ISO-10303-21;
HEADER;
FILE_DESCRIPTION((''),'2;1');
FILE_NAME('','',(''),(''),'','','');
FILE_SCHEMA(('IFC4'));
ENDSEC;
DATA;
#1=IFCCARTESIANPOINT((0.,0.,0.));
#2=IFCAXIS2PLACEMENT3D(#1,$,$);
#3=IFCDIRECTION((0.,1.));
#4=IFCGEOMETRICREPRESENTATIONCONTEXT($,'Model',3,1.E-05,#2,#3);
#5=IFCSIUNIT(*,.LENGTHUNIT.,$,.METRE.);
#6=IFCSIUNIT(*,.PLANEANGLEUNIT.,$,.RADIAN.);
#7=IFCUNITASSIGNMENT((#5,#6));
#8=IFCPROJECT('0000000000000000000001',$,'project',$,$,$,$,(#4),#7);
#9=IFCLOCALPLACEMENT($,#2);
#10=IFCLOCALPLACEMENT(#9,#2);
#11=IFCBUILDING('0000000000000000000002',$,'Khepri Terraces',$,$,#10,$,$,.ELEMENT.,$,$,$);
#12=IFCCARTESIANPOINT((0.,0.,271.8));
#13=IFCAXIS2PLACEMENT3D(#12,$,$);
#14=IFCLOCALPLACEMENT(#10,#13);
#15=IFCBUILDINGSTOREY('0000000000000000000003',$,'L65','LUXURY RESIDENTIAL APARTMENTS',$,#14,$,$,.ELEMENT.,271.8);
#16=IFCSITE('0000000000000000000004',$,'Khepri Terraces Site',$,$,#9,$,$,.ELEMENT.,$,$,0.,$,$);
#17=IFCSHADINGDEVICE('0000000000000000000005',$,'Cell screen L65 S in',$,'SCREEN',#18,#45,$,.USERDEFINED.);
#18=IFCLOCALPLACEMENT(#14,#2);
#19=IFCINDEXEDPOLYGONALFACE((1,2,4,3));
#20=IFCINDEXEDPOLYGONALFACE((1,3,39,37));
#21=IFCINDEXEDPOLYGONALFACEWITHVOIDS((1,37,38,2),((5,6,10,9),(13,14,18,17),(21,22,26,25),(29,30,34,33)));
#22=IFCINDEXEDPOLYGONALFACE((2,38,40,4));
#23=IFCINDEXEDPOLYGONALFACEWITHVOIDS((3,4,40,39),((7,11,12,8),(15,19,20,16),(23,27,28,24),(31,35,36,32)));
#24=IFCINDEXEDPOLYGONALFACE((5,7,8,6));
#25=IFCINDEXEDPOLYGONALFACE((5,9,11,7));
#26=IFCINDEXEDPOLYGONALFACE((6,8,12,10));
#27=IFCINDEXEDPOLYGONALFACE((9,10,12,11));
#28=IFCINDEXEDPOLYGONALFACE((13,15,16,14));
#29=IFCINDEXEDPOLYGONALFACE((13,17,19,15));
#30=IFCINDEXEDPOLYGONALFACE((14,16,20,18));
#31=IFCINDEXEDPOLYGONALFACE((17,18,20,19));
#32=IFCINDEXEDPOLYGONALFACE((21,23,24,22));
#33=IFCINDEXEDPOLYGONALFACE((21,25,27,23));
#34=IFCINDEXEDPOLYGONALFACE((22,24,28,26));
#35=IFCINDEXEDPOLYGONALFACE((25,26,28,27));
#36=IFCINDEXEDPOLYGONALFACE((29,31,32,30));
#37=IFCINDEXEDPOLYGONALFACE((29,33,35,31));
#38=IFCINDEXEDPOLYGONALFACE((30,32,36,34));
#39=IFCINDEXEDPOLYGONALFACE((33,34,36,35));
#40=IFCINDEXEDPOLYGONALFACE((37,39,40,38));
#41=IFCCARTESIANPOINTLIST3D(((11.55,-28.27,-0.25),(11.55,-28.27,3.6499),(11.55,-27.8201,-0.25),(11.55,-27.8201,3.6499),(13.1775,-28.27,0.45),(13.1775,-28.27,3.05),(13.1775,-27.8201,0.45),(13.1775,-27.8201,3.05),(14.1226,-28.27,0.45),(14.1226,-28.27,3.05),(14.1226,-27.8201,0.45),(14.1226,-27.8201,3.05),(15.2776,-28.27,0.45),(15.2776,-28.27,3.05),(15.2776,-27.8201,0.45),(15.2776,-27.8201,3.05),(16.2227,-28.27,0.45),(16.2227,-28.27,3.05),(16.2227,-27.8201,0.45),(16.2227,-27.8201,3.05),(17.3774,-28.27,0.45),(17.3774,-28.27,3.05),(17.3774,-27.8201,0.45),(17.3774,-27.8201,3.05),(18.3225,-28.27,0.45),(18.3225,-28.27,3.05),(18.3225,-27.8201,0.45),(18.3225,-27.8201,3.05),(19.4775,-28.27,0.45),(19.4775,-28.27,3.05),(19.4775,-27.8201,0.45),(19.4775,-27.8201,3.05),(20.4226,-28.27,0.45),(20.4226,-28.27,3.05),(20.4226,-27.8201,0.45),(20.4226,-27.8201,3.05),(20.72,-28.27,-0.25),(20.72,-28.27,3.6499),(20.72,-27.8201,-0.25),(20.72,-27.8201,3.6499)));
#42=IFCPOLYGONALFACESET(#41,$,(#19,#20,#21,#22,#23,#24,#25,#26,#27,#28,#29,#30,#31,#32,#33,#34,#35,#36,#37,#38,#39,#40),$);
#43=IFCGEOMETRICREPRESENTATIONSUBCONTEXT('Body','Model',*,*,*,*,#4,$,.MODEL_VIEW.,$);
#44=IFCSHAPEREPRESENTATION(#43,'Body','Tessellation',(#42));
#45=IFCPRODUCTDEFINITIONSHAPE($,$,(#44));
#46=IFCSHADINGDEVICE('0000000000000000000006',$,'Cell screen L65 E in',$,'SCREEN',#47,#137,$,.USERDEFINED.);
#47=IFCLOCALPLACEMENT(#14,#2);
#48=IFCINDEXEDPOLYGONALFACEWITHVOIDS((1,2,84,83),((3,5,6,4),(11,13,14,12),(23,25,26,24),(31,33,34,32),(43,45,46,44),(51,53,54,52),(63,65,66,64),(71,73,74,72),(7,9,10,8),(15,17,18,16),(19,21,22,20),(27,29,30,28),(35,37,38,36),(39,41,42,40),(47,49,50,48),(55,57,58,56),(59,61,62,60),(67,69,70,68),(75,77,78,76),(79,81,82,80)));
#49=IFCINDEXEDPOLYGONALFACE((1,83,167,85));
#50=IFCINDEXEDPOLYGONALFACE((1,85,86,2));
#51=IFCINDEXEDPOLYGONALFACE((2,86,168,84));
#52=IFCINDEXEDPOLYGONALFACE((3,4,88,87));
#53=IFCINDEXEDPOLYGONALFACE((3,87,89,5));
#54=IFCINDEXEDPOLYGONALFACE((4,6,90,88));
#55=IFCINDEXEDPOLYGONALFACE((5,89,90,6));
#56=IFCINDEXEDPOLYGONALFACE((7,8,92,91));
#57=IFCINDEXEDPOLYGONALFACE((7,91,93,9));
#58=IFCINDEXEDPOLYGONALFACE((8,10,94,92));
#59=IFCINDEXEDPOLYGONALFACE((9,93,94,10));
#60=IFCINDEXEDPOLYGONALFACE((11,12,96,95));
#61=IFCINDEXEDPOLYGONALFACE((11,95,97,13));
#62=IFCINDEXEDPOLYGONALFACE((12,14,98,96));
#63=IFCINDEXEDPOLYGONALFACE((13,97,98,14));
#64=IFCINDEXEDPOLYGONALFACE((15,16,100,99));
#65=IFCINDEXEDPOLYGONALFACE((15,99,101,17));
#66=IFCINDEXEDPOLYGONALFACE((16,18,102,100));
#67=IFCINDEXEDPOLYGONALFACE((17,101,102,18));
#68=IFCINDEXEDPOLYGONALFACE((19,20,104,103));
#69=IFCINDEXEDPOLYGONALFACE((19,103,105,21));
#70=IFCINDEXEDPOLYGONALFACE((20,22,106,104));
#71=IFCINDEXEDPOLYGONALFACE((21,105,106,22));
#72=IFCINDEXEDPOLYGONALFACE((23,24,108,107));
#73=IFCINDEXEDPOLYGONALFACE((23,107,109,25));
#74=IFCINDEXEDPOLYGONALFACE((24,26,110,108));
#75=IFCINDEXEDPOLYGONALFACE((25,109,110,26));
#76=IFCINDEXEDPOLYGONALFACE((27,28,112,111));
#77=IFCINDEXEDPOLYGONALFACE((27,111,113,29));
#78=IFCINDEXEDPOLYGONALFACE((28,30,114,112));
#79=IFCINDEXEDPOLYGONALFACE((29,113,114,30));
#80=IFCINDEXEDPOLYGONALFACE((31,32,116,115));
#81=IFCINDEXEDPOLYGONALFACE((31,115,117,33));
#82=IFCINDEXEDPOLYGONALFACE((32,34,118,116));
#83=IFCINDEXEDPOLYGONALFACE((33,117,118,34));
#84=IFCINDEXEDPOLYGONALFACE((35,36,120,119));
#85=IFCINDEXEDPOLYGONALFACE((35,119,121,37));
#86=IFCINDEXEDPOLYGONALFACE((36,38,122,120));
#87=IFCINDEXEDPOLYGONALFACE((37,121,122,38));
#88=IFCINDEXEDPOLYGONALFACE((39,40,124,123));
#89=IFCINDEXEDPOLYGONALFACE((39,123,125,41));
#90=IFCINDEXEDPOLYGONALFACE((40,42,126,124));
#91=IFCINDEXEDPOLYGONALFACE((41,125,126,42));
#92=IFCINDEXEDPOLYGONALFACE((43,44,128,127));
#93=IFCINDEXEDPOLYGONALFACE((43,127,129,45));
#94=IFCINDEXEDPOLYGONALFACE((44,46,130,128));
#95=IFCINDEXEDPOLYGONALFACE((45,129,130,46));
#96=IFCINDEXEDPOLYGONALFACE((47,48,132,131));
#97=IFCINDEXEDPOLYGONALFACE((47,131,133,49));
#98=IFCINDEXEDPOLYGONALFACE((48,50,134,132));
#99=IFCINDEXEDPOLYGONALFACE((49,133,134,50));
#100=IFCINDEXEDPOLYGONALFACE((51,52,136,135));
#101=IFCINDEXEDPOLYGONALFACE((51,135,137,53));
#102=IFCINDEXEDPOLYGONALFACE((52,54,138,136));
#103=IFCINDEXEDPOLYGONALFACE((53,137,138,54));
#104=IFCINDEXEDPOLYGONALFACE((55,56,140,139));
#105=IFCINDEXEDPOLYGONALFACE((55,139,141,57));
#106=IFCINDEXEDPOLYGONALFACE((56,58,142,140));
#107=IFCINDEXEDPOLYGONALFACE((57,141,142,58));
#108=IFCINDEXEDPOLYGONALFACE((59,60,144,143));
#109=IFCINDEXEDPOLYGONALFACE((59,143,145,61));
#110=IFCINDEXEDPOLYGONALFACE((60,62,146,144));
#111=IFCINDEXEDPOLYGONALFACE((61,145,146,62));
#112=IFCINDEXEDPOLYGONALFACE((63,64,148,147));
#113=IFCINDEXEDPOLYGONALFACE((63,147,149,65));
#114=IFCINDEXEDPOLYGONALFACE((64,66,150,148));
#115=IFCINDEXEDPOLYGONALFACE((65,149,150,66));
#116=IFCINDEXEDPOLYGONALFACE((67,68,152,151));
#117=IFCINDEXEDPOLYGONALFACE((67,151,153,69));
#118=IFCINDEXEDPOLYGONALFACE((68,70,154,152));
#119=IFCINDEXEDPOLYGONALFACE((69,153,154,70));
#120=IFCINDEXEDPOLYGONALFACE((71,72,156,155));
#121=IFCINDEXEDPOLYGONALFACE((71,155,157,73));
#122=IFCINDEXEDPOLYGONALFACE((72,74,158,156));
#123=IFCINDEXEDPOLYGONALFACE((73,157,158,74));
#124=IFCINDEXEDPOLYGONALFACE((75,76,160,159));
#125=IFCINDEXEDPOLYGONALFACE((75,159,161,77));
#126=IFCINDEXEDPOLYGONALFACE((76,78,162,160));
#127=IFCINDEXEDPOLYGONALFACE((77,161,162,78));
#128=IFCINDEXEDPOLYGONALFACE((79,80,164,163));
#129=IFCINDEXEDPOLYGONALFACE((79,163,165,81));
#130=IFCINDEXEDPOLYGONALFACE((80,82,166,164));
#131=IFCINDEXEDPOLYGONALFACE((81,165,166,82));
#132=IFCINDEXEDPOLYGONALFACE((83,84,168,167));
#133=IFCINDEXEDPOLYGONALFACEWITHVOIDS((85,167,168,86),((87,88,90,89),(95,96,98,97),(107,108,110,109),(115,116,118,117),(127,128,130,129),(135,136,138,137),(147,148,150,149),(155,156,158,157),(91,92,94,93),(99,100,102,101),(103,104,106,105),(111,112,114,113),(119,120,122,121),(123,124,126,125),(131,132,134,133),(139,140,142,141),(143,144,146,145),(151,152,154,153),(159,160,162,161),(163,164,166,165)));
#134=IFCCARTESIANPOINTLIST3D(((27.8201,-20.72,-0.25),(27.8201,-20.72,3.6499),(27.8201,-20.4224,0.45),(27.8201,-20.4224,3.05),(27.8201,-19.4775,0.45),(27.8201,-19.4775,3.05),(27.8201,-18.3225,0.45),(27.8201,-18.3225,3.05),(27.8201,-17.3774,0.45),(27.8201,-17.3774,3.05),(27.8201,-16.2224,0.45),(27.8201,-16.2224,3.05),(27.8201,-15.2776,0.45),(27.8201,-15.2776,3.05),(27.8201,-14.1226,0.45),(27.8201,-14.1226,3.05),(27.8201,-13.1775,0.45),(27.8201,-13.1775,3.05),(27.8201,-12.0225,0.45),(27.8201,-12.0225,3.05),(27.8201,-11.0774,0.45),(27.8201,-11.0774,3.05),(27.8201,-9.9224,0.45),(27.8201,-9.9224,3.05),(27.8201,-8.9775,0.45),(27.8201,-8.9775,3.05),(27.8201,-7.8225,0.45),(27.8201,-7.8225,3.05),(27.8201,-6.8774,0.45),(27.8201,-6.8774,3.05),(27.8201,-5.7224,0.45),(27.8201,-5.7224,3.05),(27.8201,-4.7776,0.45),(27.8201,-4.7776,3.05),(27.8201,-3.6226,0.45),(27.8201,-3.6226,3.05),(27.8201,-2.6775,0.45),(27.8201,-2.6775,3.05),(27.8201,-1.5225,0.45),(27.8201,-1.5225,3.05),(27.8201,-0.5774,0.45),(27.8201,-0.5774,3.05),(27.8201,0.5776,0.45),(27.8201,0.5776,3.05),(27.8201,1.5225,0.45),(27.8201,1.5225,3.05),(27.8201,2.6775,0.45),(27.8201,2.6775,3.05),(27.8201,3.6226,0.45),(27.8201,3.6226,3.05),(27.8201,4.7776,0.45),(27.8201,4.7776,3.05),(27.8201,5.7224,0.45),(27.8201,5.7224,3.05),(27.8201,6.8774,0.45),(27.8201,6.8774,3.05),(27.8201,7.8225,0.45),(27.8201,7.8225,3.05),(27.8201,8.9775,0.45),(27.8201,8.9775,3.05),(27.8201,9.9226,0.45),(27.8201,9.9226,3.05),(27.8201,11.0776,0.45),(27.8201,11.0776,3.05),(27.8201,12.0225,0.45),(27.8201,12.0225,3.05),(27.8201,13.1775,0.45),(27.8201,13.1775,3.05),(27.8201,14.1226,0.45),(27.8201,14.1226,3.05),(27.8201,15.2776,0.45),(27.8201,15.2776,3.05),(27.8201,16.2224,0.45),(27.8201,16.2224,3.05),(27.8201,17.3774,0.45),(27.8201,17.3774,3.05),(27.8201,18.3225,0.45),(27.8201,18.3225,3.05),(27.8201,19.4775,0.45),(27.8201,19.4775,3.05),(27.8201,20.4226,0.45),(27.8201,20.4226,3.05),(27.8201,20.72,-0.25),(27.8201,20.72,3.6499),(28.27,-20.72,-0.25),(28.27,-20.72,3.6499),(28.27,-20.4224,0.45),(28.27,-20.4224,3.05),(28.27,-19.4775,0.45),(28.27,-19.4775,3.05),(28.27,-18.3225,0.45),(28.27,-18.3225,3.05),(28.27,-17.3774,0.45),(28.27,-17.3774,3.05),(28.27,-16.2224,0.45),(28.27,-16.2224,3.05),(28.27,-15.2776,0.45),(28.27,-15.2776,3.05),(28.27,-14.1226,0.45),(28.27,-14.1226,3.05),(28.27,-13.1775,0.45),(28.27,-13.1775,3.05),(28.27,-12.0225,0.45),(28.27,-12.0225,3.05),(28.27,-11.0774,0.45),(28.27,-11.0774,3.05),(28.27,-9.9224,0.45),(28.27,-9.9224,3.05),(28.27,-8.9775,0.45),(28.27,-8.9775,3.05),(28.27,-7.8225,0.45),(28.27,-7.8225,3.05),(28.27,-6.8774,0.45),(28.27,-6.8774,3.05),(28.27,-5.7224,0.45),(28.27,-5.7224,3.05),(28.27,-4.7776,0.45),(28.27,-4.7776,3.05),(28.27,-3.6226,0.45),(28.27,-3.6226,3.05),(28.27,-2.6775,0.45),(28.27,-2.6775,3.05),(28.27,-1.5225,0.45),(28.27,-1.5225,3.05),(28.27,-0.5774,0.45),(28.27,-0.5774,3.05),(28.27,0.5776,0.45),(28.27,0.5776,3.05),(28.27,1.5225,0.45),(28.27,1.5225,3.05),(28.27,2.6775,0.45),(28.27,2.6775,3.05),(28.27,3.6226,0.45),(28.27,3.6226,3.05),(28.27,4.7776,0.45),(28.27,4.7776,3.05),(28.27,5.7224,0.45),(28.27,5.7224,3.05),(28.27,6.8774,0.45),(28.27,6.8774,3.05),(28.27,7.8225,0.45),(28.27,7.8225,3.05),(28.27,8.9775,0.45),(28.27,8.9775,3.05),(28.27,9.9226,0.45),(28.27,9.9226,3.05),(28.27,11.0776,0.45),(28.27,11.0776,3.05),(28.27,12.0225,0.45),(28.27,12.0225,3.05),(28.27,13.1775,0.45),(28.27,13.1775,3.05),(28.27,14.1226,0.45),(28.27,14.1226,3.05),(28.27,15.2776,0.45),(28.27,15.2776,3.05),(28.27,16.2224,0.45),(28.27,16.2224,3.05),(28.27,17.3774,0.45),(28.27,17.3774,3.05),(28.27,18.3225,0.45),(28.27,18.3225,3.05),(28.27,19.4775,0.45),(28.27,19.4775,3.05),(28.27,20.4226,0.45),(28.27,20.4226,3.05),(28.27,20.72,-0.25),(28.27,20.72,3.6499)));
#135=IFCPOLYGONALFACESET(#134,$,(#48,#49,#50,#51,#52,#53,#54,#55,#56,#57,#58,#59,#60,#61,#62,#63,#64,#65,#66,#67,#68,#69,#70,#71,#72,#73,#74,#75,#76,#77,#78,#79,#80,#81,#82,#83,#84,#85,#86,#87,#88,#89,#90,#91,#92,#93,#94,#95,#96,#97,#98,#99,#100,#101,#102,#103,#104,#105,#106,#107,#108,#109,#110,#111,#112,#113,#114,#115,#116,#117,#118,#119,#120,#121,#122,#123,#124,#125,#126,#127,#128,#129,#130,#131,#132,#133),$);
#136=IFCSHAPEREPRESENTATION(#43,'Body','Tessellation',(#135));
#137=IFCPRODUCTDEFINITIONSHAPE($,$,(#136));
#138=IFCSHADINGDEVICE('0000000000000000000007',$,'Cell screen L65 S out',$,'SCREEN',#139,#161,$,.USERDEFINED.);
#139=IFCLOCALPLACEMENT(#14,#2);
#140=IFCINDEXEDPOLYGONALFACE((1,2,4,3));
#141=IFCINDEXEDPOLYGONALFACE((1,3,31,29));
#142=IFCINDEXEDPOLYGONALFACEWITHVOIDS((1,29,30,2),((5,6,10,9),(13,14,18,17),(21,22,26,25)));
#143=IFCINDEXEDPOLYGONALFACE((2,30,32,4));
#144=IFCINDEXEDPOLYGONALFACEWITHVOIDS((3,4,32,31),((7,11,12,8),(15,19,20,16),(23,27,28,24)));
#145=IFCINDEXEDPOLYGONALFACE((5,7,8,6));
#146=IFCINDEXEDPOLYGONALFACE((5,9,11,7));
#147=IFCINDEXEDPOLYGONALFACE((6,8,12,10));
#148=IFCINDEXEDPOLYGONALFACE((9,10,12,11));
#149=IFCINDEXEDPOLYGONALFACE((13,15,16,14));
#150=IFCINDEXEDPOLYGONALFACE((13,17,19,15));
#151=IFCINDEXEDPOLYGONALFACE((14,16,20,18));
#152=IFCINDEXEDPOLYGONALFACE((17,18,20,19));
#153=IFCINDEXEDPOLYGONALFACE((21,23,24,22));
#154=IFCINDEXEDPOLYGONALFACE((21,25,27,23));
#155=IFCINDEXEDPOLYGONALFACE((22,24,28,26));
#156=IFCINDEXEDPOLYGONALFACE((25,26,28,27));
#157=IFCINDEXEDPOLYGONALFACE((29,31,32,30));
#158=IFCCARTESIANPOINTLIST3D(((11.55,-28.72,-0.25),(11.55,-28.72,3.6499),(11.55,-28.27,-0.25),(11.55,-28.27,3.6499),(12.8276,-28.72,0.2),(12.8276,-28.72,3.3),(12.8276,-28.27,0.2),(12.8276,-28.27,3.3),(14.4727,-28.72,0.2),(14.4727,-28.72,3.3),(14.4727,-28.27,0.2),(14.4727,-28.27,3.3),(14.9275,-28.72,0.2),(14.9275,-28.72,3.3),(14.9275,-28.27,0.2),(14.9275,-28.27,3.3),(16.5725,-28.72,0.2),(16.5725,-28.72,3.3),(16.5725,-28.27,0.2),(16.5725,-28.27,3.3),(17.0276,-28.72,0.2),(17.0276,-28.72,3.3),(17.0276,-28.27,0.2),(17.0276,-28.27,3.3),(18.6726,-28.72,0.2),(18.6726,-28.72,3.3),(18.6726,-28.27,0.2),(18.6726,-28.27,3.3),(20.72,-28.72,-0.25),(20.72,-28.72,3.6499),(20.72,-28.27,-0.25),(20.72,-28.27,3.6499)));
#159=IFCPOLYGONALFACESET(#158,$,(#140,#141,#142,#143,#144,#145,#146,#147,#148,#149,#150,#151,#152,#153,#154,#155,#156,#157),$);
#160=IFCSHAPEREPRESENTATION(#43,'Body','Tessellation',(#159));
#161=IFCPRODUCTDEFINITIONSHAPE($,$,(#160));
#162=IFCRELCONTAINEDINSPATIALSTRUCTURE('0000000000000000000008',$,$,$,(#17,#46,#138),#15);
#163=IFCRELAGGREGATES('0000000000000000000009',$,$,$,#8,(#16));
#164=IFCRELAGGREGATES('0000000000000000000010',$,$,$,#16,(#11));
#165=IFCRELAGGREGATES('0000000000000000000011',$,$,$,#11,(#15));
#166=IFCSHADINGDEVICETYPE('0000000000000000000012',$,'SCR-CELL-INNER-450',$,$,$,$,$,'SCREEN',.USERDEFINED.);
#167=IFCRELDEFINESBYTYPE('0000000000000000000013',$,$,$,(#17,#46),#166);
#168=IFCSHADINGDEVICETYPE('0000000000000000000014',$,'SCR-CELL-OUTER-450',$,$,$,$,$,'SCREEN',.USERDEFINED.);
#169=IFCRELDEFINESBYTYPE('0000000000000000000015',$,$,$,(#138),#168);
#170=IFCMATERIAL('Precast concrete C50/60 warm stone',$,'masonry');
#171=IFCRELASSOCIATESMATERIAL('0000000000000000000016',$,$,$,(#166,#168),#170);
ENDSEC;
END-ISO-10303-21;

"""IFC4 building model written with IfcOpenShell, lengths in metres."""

from ifc_helpers import new_model, si_unit, direction, frame, origin, place, context, subcontext, project, spatial, polyline, outline, extrude, material, type_object, element, save


model = new_model("IFC4")

# Units and contexts
model_context = context("Model", 3, precision=1e-05, world=origin(), true_north=direction((0.0, 1.0)))
body_context = subcontext(model_context, "Body", "Model", "MODEL_VIEW")
ifc_project = project(units=[si_unit("LENGTHUNIT", "METRE"), si_unit("PLANEANGLEUNIT", "RADIAN")], contexts=[model_context])

# Site, building, storey
site_placement = place(None, origin())
site = spatial("IfcSite", under=ifc_project, at=site_placement, Name="Khepri Terraces Site", CompositionType="ELEMENT", RefElevation=0.0)
building_placement = place(site_placement, origin())
building = spatial("IfcBuilding", under=site, at=building_placement, Name="Khepri Terraces", CompositionType="ELEMENT")
storey_placement = place(building_placement, frame((0.0, 0.0, 271.8)))
storey = spatial("IfcBuildingStorey", under=building, at=storey_placement, Name="L65", Description="LUXURY RESIDENTIAL APARTMENTS", CompositionType="ELEMENT", Elevation=271.8)

# Shared definitions
ifc_material_1 = material(Name="Precast concrete C50/60 warm stone", Category="masonry")

# Shading devices
shading_device_type_1 = type_object("IfcShadingDeviceType", Name="SCR-CELL-INNER-450", ElementType="SCREEN", PredefinedType="USERDEFINED", material=ifc_material_1)
shading_device_1_placement = place(storey_placement, frame((11.55, -27.8201, -0.25), z_axis=(0.0, -1.0, 0.0), x_axis=(1.0, 0.0, 0.0)))
element("IfcShadingDevice", 1, at=shading_device_1_placement, inside=storey, type_object=shading_device_type_1, Name="Cell screen L65 S in", ObjectType="SCREEN", PredefinedType="USERDEFINED", context=body_context, shape_type="SweptSolid", body=[
    extrude(outline(polyline([(0.0, 0.0), (9.1699, 0.0), (9.1699, 3.8999), (0.0, 3.8999), (0.0, 0.0)]), holes=[polyline([(1.6274, 0.7), (2.5725, 0.7), (2.5725, 3.3), (1.6274, 3.3), (1.6274, 0.7)]), polyline([(3.7275, 0.7), (4.6726, 0.7), (4.6726, 3.3), (3.7275, 3.3), (3.7275, 0.7)]), polyline([(5.8274, 0.7), (6.7725, 0.7), (6.7725, 3.3), (5.8274, 3.3), (5.8274, 0.7)]), polyline([(7.9275, 0.7), (8.8726, 0.7), (8.8726, 3.3), (7.9275, 3.3), (7.9275, 0.7)])]), origin(), (0.0, 0.0, 1.0), 0.45),
])
shading_device_2_placement = place(storey_placement, frame((27.8201, -20.72, -0.25), z_axis=(1.0, 0.0, 0.0), x_axis=(0.0, 1.0, 0.0)))
element("IfcShadingDevice", 2, at=shading_device_2_placement, inside=storey, type_object=shading_device_type_1, Name="Cell screen L65 E in", ObjectType="SCREEN", PredefinedType="USERDEFINED", context=body_context, shape_type="SweptSolid", body=[
    extrude(outline(polyline([(0.0, 0.0), (41.4399, 0.0), (41.4399, 3.8999), (0.0, 3.8999), (0.0, 0.0)]), holes=[polyline([(0.2976, 0.7), (1.2424, 0.7), (1.2424, 3.3), (0.2976, 3.3), (0.2976, 0.7)]), polyline([(2.3975, 0.7), (3.3425, 0.7), (3.3425, 3.3), (2.3975, 3.3), (2.3975, 0.7)]), polyline([(4.4976, 0.7), (5.4424, 0.7), (5.4424, 3.3), (4.4976, 3.3), (4.4976, 0.7)]), polyline([(6.5974, 0.7), (7.5425, 0.7), (7.5425, 3.3), (6.5974, 3.3), (6.5974, 0.7)]), polyline([(8.6975, 0.7), (9.6426, 0.7), (9.6426, 3.3), (8.6975, 3.3), (8.6975, 0.7)]), polyline([(10.7976, 0.7), (11.7424, 0.7), (11.7424, 3.3), (10.7976, 3.3), (10.7976, 0.7)]), polyline([(12.8975, 0.7), (13.8425, 0.7), (13.8425, 3.3), (12.8975, 3.3), (12.8975, 0.7)]), polyline([(14.9976, 0.7), (15.9424, 0.7), (15.9424, 3.3), (14.9976, 3.3), (14.9976, 0.7)]), polyline([(17.0974, 0.7), (18.0425, 0.7), (18.0425, 3.3), (17.0974, 3.3), (17.0974, 0.7)]), polyline([(19.1975, 0.7), (20.1426, 0.7), (20.1426, 3.3), (19.1975, 3.3), (19.1975, 0.7)]), polyline([(21.2976, 0.7), (22.2424, 0.7), (22.2424, 3.3), (21.2976, 3.3), (21.2976, 0.7)]), polyline([(23.3975, 0.7), (24.3425, 0.7), (24.3425, 3.3), (23.3975, 3.3), (23.3975, 0.7)]), polyline([(25.4976, 0.7), (26.4424, 0.7), (26.4424, 3.3), (25.4976, 3.3), (25.4976, 0.7)]), polyline([(27.5974, 0.7), (28.5425, 0.7), (28.5425, 3.3), (27.5974, 3.3), (27.5974, 0.7)]), polyline([(29.6975, 0.7), (30.6426, 0.7), (30.6426, 3.3), (29.6975, 3.3), (29.6975, 0.7)]), polyline([(31.7976, 0.7), (32.7424, 0.7), (32.7424, 3.3), (31.7976, 3.3), (31.7976, 0.7)]), polyline([(33.8975, 0.7), (34.8425, 0.7), (34.8425, 3.3), (33.8975, 3.3), (33.8975, 0.7)]), polyline([(35.9976, 0.7), (36.9424, 0.7), (36.9424, 3.3), (35.9976, 3.3), (35.9976, 0.7)]), polyline([(38.0974, 0.7), (39.0425, 0.7), (39.0425, 3.3), (38.0974, 3.3), (38.0974, 0.7)]), polyline([(40.1975, 0.7), (41.1426, 0.7), (41.1426, 3.3), (40.1975, 3.3), (40.1975, 0.7)])]), origin(), (0.0, 0.0, 1.0), 0.45),
])
shading_device_type_2 = type_object("IfcShadingDeviceType", Name="SCR-CELL-OUTER-450", ElementType="SCREEN", PredefinedType="USERDEFINED", material=ifc_material_1)
shading_device_3_placement = place(storey_placement, frame((11.55, -28.27, -0.25), z_axis=(0.0, -1.0, 0.0), x_axis=(1.0, 0.0, 0.0)))
element("IfcShadingDevice", 3, at=shading_device_3_placement, inside=storey, type_object=shading_device_type_2, Name="Cell screen L65 S out", ObjectType="SCREEN", PredefinedType="USERDEFINED", context=body_context, shape_type="SweptSolid", body=[
    extrude(outline(polyline([(0.0, 0.0), (9.1699, 0.0), (9.1699, 3.8999), (0.0, 3.8999), (0.0, 0.0)]), holes=[polyline([(1.2776, 0.45), (2.9226, 0.45), (2.9226, 3.55), (1.2776, 3.55), (1.2776, 0.45)]), polyline([(3.3774, 0.45), (5.0225, 0.45), (5.0225, 3.55), (3.3774, 3.55), (3.3774, 0.45)]), polyline([(5.4775, 0.45), (7.1226, 0.45), (7.1226, 3.55), (5.4775, 3.55), (5.4775, 0.45)])]), origin(), (0.0, 0.0, 1.0), 0.45),
])

save(model, "model.ifc")
